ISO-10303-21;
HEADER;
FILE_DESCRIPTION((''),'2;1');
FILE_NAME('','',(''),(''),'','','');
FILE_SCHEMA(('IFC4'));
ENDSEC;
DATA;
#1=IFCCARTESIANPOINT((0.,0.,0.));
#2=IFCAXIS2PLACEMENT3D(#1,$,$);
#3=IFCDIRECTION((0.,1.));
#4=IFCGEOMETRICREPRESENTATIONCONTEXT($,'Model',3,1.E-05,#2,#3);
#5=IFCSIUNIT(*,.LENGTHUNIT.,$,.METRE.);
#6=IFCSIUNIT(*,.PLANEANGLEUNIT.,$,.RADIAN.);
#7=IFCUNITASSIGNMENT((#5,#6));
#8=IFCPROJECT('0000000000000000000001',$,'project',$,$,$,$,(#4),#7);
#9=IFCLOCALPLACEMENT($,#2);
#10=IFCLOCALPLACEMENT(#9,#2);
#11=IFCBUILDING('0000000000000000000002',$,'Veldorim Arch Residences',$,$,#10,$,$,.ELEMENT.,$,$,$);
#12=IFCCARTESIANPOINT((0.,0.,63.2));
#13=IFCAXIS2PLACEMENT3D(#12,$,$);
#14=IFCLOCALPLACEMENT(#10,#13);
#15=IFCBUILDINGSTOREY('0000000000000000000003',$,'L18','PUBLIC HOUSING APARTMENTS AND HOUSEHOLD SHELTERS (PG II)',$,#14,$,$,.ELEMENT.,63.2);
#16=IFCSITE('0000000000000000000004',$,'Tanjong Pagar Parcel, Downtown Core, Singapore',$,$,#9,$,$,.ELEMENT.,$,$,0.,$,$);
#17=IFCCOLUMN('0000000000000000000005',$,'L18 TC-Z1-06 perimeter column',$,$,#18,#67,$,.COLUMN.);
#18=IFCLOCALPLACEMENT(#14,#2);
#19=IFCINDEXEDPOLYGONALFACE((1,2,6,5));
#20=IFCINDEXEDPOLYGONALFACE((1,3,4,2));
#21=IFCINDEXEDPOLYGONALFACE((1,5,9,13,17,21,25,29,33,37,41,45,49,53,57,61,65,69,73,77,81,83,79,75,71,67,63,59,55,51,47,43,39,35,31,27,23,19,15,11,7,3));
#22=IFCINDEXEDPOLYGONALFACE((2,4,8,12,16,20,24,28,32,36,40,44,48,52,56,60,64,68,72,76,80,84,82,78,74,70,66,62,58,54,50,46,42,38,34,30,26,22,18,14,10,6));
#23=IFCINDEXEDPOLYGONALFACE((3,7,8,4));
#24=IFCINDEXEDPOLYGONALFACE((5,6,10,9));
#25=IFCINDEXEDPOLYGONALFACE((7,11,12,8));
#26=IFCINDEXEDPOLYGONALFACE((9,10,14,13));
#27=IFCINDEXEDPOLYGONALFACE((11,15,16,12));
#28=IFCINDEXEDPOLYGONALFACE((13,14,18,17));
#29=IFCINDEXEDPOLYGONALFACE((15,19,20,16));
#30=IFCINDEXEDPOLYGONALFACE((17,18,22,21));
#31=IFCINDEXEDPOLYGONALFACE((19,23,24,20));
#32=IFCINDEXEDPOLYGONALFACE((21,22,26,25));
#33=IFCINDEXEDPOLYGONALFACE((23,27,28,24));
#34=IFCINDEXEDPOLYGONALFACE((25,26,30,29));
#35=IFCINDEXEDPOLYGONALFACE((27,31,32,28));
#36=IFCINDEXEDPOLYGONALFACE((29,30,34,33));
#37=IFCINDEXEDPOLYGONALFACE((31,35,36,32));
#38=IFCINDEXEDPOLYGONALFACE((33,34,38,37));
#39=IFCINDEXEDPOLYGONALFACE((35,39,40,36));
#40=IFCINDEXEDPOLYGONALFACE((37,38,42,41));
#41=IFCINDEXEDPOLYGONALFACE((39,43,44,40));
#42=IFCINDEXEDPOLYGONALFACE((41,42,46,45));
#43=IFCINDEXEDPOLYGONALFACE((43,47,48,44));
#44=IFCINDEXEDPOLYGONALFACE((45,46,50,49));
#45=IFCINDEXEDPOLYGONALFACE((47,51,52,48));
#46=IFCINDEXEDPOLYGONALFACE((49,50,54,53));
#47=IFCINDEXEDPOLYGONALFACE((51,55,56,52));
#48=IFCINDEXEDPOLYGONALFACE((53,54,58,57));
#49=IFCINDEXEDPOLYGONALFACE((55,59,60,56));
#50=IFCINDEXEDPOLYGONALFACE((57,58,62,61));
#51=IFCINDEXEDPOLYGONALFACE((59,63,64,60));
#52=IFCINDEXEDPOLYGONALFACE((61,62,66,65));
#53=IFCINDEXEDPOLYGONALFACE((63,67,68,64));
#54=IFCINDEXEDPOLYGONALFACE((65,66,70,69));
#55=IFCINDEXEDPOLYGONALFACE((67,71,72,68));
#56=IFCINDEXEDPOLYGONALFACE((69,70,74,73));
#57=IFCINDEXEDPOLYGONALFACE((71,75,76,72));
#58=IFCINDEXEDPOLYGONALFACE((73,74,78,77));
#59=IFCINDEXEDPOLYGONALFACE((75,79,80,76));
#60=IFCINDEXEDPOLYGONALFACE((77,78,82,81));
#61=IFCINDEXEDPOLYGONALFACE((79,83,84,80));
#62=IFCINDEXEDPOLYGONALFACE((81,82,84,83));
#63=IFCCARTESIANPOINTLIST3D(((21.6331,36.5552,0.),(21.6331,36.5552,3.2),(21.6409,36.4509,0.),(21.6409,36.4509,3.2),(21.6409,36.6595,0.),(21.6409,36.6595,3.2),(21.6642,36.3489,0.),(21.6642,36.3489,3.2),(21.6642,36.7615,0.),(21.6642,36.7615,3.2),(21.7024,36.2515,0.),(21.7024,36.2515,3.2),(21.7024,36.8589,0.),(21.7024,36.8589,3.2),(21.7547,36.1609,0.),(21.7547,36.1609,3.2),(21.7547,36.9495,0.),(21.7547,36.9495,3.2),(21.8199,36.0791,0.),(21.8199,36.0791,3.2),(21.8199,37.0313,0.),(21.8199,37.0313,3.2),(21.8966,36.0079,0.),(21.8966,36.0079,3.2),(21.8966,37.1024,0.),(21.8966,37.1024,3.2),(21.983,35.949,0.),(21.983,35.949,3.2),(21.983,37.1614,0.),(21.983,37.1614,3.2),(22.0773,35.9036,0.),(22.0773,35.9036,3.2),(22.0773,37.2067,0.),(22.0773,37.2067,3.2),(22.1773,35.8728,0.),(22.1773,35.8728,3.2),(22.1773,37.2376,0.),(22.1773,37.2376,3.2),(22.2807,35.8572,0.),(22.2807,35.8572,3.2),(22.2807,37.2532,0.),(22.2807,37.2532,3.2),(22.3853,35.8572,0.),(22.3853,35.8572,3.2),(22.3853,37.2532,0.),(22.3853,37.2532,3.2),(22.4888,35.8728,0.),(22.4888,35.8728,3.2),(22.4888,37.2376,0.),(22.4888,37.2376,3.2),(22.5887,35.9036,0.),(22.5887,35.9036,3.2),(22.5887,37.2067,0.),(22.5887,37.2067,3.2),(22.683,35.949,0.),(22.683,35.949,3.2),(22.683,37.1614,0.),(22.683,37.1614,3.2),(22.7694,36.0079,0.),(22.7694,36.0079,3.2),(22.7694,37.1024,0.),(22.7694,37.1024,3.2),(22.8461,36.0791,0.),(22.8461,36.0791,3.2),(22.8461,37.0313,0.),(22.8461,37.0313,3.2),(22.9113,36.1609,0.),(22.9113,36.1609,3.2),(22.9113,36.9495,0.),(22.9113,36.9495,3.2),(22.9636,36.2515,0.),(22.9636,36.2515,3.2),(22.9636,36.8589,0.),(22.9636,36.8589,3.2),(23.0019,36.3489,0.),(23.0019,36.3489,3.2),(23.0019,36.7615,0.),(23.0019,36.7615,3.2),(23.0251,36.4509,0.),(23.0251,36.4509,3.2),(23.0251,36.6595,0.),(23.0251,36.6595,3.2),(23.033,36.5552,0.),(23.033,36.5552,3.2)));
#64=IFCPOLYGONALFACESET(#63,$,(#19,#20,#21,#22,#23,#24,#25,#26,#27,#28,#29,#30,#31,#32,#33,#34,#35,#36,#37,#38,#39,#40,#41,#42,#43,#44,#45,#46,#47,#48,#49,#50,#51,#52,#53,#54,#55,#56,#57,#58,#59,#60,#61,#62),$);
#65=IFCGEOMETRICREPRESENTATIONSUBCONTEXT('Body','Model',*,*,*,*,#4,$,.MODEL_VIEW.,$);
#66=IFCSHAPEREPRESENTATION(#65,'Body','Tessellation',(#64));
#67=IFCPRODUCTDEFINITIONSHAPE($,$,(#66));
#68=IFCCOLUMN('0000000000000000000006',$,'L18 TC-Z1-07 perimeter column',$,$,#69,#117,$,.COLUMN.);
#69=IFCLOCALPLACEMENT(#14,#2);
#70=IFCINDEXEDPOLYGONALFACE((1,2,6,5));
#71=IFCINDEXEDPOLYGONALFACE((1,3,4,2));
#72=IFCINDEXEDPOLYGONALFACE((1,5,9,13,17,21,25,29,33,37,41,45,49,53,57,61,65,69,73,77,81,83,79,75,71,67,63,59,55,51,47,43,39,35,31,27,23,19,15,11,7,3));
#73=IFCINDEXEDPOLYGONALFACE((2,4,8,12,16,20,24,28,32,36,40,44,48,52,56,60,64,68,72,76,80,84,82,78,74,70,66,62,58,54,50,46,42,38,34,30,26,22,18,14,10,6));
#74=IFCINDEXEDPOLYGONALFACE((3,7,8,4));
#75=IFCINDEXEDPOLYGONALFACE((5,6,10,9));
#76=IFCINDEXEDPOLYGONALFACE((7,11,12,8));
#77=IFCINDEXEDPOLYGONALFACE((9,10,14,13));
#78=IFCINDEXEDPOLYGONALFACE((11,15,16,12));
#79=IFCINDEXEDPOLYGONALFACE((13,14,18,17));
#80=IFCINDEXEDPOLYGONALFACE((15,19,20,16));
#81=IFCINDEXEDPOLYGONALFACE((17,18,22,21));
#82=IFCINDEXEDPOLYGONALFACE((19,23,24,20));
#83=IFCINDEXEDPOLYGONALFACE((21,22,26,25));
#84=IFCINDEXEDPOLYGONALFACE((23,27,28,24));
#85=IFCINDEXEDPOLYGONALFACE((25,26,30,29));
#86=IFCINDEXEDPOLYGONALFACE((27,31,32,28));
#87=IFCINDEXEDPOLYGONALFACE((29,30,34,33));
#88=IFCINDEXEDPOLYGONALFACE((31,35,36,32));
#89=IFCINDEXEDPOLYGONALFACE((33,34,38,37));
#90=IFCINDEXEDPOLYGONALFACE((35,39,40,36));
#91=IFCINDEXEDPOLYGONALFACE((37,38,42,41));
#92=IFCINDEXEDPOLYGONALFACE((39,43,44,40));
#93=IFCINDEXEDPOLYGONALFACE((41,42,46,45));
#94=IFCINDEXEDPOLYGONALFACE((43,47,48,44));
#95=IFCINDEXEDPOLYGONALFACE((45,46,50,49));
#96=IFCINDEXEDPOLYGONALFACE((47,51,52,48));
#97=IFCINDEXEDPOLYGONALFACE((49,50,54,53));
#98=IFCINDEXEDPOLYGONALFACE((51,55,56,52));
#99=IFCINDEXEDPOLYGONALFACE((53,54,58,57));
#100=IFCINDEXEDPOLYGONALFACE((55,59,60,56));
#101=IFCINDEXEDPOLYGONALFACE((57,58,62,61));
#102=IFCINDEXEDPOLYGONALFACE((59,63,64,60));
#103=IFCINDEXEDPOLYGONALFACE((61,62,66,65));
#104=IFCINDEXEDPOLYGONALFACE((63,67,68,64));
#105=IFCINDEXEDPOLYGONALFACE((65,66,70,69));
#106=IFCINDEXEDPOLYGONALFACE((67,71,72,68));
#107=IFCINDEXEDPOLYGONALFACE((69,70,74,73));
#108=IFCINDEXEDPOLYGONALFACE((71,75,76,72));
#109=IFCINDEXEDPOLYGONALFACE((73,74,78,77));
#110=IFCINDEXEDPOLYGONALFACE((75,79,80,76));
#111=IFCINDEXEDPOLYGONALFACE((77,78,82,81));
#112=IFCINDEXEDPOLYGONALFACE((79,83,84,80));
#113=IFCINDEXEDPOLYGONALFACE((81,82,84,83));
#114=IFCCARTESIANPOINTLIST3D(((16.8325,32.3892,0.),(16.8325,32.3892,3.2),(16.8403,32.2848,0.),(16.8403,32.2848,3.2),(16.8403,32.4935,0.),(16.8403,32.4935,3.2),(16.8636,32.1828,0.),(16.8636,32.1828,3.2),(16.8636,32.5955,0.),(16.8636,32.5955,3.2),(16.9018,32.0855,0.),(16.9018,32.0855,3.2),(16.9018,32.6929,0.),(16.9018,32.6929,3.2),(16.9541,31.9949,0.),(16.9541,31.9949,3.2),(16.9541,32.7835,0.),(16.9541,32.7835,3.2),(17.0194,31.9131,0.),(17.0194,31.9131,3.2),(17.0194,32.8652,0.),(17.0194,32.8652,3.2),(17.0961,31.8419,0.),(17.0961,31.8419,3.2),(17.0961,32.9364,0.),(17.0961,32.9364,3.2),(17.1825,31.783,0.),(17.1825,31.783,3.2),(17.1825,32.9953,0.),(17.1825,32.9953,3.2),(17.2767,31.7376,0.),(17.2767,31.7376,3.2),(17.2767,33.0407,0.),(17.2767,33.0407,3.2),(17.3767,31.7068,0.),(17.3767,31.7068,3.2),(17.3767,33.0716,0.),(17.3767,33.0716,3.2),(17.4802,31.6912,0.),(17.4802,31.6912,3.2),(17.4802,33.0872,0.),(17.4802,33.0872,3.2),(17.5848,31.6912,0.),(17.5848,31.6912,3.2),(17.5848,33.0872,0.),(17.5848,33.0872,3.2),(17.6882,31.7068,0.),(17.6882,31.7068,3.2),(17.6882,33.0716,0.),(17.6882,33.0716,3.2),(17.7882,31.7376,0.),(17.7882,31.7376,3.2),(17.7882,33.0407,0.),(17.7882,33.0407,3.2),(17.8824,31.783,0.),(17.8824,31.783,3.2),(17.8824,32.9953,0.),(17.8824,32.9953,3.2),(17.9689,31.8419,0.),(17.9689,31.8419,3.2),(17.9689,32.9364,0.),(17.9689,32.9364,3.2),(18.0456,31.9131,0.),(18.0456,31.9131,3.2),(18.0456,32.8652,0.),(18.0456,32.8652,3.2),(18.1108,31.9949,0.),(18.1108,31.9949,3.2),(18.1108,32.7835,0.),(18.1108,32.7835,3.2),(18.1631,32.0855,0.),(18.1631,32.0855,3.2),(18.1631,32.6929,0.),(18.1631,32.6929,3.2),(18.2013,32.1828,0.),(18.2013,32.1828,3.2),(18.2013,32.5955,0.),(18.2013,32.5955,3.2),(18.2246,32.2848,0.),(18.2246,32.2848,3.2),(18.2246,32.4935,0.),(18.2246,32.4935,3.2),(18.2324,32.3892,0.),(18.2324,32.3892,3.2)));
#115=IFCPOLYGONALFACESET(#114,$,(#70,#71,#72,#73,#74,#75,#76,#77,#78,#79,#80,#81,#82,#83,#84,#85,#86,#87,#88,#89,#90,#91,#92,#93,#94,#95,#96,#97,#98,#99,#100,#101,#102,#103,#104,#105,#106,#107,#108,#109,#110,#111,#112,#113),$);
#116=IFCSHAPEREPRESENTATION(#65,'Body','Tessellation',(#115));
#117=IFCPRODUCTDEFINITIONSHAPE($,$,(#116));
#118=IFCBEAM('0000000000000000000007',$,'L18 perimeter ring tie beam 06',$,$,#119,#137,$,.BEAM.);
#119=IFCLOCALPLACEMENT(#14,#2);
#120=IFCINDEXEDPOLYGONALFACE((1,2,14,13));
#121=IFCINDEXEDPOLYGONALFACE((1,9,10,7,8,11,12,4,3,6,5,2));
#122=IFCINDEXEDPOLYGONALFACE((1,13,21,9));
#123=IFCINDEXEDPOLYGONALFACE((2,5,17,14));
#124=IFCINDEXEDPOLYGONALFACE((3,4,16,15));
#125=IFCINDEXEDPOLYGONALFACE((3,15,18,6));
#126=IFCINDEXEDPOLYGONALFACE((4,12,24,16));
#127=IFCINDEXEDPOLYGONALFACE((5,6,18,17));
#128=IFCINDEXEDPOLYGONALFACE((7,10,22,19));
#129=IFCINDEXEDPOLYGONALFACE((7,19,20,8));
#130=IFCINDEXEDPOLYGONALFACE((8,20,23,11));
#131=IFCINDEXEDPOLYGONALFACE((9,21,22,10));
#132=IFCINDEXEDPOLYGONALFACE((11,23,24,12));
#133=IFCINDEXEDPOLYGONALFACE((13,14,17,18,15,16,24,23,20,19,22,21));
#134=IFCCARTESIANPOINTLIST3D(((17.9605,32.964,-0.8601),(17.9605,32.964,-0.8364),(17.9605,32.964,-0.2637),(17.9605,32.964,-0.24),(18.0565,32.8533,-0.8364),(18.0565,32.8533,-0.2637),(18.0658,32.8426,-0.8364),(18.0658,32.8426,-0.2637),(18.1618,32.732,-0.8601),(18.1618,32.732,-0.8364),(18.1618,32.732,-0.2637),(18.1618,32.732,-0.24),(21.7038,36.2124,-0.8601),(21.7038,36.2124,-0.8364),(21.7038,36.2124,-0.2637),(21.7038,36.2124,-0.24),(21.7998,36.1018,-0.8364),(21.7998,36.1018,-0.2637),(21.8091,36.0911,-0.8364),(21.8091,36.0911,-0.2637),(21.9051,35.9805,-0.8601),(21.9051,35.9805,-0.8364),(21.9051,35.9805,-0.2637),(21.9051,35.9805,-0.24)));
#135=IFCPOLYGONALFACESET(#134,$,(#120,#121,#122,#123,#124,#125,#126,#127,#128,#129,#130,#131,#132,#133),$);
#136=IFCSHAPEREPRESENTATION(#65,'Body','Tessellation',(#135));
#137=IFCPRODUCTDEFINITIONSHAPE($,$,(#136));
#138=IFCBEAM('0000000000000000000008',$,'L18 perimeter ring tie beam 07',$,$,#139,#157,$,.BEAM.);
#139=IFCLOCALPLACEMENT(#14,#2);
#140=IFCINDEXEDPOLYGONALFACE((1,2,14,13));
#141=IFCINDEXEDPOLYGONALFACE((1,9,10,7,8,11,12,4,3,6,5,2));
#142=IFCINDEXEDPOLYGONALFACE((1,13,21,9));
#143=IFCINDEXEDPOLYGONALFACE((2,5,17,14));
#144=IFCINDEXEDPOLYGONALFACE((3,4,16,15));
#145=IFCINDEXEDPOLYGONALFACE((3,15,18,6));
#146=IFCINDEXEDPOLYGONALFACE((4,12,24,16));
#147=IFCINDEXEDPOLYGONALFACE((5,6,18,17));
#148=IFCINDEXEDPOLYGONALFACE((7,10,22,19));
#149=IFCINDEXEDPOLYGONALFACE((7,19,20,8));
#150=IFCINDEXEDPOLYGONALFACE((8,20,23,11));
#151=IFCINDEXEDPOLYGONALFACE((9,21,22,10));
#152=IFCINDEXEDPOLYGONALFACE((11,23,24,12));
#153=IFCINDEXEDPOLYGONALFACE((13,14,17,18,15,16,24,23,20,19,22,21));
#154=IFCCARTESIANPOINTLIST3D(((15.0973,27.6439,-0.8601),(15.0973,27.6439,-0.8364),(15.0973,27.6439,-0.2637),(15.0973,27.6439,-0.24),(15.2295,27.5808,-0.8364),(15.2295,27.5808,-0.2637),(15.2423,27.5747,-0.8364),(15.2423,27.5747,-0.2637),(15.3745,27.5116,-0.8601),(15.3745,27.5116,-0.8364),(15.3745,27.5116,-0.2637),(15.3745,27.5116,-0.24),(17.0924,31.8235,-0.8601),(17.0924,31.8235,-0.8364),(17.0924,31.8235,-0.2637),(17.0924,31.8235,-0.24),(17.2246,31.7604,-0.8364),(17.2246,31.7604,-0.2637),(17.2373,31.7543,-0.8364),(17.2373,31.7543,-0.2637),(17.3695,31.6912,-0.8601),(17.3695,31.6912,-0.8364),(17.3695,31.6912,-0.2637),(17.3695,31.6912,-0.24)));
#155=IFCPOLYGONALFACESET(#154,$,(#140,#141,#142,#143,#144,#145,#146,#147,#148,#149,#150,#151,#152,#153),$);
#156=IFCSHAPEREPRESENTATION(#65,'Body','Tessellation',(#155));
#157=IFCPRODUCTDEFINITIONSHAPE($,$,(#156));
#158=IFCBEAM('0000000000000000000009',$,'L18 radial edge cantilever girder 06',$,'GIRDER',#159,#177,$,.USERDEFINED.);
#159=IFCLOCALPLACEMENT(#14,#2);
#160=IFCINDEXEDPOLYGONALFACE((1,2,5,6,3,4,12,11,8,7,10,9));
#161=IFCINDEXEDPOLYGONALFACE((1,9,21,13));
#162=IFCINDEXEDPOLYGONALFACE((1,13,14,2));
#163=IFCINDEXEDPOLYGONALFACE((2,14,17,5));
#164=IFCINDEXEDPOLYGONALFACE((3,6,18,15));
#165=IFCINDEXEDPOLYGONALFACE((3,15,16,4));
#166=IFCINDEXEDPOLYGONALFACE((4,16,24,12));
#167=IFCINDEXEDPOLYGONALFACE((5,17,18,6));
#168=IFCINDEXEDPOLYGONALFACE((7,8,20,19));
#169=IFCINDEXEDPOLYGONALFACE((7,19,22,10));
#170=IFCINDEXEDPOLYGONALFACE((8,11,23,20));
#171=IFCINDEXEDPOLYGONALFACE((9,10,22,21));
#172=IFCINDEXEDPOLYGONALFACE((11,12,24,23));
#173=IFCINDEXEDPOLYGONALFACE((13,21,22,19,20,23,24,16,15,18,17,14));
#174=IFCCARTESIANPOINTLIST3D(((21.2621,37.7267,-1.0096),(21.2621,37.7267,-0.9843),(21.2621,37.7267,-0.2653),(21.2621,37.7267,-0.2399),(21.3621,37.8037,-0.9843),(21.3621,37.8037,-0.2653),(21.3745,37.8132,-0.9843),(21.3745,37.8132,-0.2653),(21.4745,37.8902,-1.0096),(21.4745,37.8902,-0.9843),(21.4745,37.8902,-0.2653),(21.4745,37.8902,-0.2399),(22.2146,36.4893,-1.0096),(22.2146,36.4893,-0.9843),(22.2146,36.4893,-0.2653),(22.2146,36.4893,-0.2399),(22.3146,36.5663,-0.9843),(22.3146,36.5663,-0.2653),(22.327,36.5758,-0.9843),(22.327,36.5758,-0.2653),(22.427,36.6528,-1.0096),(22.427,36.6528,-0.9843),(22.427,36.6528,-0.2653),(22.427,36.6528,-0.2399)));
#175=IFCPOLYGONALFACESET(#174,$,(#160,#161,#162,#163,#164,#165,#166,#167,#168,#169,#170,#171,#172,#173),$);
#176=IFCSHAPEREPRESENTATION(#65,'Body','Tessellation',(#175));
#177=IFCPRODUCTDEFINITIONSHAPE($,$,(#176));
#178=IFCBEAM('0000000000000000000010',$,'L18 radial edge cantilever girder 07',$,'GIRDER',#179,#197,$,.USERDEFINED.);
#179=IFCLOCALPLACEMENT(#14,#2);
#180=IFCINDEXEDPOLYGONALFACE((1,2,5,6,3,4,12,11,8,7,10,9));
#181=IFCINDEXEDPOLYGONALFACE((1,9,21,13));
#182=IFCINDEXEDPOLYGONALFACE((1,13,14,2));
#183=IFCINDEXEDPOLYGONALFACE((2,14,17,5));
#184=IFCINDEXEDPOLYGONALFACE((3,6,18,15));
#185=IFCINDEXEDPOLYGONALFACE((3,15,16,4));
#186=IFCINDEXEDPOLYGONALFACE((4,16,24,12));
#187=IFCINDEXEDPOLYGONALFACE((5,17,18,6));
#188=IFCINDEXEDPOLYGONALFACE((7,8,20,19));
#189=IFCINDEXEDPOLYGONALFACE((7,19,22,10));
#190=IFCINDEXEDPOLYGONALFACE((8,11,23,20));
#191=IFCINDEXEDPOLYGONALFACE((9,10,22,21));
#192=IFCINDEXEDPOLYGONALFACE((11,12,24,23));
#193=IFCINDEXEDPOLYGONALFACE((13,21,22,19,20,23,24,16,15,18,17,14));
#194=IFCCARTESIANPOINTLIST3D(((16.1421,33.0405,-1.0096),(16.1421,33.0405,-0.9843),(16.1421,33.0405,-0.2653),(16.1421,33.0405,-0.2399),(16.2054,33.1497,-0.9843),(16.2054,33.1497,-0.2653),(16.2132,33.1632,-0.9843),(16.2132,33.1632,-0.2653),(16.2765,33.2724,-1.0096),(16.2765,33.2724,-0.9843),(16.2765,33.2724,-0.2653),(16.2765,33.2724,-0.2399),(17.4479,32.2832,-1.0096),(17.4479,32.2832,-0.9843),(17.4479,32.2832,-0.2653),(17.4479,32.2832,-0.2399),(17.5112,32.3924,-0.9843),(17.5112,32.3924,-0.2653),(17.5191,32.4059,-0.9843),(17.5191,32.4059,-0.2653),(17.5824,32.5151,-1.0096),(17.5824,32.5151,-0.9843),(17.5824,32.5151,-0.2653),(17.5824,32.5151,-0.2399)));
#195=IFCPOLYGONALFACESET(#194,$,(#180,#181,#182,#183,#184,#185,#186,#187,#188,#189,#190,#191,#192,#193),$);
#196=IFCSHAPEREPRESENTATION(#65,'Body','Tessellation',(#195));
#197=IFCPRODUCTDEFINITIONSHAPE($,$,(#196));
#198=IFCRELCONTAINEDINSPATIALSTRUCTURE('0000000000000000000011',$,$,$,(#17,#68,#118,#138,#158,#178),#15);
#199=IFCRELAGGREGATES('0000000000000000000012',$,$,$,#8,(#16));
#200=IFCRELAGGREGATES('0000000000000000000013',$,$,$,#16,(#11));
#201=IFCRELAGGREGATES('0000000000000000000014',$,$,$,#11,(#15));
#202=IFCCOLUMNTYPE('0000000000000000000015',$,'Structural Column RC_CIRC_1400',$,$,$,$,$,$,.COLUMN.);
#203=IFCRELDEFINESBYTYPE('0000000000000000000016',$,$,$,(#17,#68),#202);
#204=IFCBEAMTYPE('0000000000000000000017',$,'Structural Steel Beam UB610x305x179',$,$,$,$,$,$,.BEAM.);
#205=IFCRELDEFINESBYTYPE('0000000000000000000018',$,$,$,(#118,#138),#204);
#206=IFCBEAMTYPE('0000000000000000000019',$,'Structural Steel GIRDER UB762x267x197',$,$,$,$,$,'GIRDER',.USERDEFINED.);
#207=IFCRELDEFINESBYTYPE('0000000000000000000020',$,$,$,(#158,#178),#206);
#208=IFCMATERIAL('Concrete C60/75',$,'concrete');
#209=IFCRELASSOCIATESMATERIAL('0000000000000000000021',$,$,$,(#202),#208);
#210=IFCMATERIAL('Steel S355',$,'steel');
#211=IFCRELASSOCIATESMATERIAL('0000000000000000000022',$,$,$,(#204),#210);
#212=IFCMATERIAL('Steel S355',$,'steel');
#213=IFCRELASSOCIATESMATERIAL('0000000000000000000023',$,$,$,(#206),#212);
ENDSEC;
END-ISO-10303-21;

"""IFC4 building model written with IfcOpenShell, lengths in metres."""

from ifc_helpers import new_model, si_unit, direction, frame, origin, origin_2d, place, context, subcontext, project, spatial, circle, i_section, extrude, material, material_profile, profile_set, type_object, element, save


model = new_model("IFC4")

# Units and contexts
model_context = context("Model", 3, precision=1e-05, world=origin(), true_north=direction((0.0, 1.0)))
body_context = subcontext(model_context, "Body", "Model", "MODEL_VIEW")
ifc_project = project(units=[si_unit("LENGTHUNIT", "METRE"), si_unit("PLANEANGLEUNIT", "RADIAN")], contexts=[model_context])

# Site, building, storey
site_placement = place(None, origin())
site = spatial("IfcSite", under=ifc_project, at=site_placement, Name="Tanjong Pagar Parcel, Downtown Core, Singapore", CompositionType="ELEMENT", RefElevation=0.0)
building_placement = place(site_placement, origin())
building = spatial("IfcBuilding", under=site, at=building_placement, Name="Veldorim Arch Residences", CompositionType="ELEMENT")
storey_placement = place(building_placement, frame((0.0, 0.0, 63.2)))
storey = spatial("IfcBuildingStorey", under=building, at=storey_placement, Name="L18", Description="PUBLIC HOUSING APARTMENTS AND HOUSEHOLD SHELTERS (PG II)", CompositionType="ELEMENT", Elevation=63.2)

# Columns
ifc_material_1 = material(Name="Concrete C60/75", Category="concrete")
ifc_material_profile_1 = material_profile(ifc_material_1, circle(Radius=0.7, at=origin_2d()), Name="RC_CIRC_1400")
ifc_profile_set_1 = profile_set([ifc_material_profile_1], Name="Concrete C60/75")
column_type = type_object("IfcColumnType", Name="Structural Column RC_CIRC_1400", PredefinedType="COLUMN", material=ifc_profile_set_1)
for number, where, z_axis, x_axis, name in (
    (1, (22.333, 36.5552, 0.0), (0.0, 0.0, 1.0), (1.0, 0.0, 0.0), "L18 TC-Z1-06 perimeter column"),
    (2, (17.5325, 32.3892, 0.0), (0.0, 0.0, 1.0), (1.0, 0.0, 0.0), "L18 TC-Z1-07 perimeter column"),
):
    element("IfcColumn", number, at=place(storey_placement, frame(where, z_axis=z_axis, x_axis=x_axis)), inside=storey, type_object=column_type, Name=name, PredefinedType="COLUMN", context=body_context, shape_type="SweptSolid", body=[
        extrude(circle(Radius=0.7, at=origin_2d()), origin(), (0.0, 0.0, 1.0), 3.2),
    ])

# Beams
ifc_material_2 = material(Name="Steel S355", Category="steel")
ifc_material_profile_2 = material_profile(ifc_material_2, i_section(OverallWidth=0.3071, OverallDepth=0.6201, WebThickness=0.0142, FlangeThickness=0.0237, at=origin_2d()), Name="UB610x305x179")
ifc_profile_set_2 = profile_set([ifc_material_profile_2], Name="Steel S355")
beam_type_1 = type_object("IfcBeamType", Name="Structural Steel Beam UB610x305x179", PredefinedType="BEAM", material=ifc_profile_set_2)
beam_1_placement = place(storey_placement, frame((21.8044, 36.0964, -0.55), z_axis=(-0.755265, -0.65542, 0.0), x_axis=(0.65542, -0.755265, 0.0)))
element("IfcBeam", 3, at=beam_1_placement, inside=storey, type_object=beam_type_1, Name="L18 perimeter ring tie beam 06", PredefinedType="BEAM", context=body_context, shape_type="SweptSolid", body=[
    extrude(i_section(OverallWidth=0.3071, OverallDepth=0.6201, WebThickness=0.0142, FlangeThickness=0.0237, at=origin_2d()), origin(), (0.0, 0.0, 1.0), 4.9563),
])
beam_2_placement = place(storey_placement, frame((17.231, 31.7573, -0.55), z_axis=(-0.430776, -0.902459, 0.0), x_axis=(0.902459, -0.430776, 0.0)))
element("IfcBeam", 4, at=beam_2_placement, inside=storey, type_object=beam_type_1, Name="L18 perimeter ring tie beam 07", PredefinedType="BEAM", context=body_context, shape_type="SweptSolid", body=[
    extrude(i_section(OverallWidth=0.3071, OverallDepth=0.6201, WebThickness=0.0142, FlangeThickness=0.0237, at=origin_2d()), origin(), (0.0, 0.0, 1.0), 4.6313),
])
ifc_material_3 = material(Name="Steel S355", Category="steel")
ifc_material_profile_3 = material_profile(ifc_material_3, i_section(OverallWidth=0.2681, OverallDepth=0.7698, WebThickness=0.0156, FlangeThickness=0.0254, at=origin_2d()), Name="UB762x267x197")
ifc_profile_set_3 = profile_set([ifc_material_profile_3], Name="Steel S355")
beam_type_2 = type_object("IfcBeamType", Name="Structural Steel GIRDER UB762x267x197", ElementType="GIRDER", PredefinedType="USERDEFINED", material=ifc_profile_set_3)
beam_3_placement = place(storey_placement, frame((22.3208, 36.571, -0.6248), z_axis=(-0.60996, 0.792432, 0.0), x_axis=(-0.792432, -0.60996, 0.0)))
element("IfcBeam", 5, at=beam_3_placement, inside=storey, type_object=beam_type_2, Name="L18 radial edge cantilever girder 06", ObjectType="GIRDER", PredefinedType="USERDEFINED", context=body_context, shape_type="SweptSolid", body=[
    extrude(i_section(OverallWidth=0.2681, OverallDepth=0.7698, WebThickness=0.0156, FlangeThickness=0.0254, at=origin_2d()), origin(), (0.0, 0.0, 1.0), 1.5615),
])
beam_4_placement = place(storey_placement, frame((17.5151, 32.3992, -0.6248), z_axis=(-0.865061, 0.501667, 0.0), x_axis=(-0.501667, -0.865061, 0.0)))
element("IfcBeam", 6, at=beam_4_placement, inside=storey, type_object=beam_type_2, Name="L18 radial edge cantilever girder 07", ObjectType="GIRDER", PredefinedType="USERDEFINED", context=body_context, shape_type="SweptSolid", body=[
    extrude(i_section(OverallWidth=0.2681, OverallDepth=0.7698, WebThickness=0.0156, FlangeThickness=0.0254, at=origin_2d()), origin(), (0.0, 0.0, 1.0), 1.5095),
])

save(model, "model.ifc")
